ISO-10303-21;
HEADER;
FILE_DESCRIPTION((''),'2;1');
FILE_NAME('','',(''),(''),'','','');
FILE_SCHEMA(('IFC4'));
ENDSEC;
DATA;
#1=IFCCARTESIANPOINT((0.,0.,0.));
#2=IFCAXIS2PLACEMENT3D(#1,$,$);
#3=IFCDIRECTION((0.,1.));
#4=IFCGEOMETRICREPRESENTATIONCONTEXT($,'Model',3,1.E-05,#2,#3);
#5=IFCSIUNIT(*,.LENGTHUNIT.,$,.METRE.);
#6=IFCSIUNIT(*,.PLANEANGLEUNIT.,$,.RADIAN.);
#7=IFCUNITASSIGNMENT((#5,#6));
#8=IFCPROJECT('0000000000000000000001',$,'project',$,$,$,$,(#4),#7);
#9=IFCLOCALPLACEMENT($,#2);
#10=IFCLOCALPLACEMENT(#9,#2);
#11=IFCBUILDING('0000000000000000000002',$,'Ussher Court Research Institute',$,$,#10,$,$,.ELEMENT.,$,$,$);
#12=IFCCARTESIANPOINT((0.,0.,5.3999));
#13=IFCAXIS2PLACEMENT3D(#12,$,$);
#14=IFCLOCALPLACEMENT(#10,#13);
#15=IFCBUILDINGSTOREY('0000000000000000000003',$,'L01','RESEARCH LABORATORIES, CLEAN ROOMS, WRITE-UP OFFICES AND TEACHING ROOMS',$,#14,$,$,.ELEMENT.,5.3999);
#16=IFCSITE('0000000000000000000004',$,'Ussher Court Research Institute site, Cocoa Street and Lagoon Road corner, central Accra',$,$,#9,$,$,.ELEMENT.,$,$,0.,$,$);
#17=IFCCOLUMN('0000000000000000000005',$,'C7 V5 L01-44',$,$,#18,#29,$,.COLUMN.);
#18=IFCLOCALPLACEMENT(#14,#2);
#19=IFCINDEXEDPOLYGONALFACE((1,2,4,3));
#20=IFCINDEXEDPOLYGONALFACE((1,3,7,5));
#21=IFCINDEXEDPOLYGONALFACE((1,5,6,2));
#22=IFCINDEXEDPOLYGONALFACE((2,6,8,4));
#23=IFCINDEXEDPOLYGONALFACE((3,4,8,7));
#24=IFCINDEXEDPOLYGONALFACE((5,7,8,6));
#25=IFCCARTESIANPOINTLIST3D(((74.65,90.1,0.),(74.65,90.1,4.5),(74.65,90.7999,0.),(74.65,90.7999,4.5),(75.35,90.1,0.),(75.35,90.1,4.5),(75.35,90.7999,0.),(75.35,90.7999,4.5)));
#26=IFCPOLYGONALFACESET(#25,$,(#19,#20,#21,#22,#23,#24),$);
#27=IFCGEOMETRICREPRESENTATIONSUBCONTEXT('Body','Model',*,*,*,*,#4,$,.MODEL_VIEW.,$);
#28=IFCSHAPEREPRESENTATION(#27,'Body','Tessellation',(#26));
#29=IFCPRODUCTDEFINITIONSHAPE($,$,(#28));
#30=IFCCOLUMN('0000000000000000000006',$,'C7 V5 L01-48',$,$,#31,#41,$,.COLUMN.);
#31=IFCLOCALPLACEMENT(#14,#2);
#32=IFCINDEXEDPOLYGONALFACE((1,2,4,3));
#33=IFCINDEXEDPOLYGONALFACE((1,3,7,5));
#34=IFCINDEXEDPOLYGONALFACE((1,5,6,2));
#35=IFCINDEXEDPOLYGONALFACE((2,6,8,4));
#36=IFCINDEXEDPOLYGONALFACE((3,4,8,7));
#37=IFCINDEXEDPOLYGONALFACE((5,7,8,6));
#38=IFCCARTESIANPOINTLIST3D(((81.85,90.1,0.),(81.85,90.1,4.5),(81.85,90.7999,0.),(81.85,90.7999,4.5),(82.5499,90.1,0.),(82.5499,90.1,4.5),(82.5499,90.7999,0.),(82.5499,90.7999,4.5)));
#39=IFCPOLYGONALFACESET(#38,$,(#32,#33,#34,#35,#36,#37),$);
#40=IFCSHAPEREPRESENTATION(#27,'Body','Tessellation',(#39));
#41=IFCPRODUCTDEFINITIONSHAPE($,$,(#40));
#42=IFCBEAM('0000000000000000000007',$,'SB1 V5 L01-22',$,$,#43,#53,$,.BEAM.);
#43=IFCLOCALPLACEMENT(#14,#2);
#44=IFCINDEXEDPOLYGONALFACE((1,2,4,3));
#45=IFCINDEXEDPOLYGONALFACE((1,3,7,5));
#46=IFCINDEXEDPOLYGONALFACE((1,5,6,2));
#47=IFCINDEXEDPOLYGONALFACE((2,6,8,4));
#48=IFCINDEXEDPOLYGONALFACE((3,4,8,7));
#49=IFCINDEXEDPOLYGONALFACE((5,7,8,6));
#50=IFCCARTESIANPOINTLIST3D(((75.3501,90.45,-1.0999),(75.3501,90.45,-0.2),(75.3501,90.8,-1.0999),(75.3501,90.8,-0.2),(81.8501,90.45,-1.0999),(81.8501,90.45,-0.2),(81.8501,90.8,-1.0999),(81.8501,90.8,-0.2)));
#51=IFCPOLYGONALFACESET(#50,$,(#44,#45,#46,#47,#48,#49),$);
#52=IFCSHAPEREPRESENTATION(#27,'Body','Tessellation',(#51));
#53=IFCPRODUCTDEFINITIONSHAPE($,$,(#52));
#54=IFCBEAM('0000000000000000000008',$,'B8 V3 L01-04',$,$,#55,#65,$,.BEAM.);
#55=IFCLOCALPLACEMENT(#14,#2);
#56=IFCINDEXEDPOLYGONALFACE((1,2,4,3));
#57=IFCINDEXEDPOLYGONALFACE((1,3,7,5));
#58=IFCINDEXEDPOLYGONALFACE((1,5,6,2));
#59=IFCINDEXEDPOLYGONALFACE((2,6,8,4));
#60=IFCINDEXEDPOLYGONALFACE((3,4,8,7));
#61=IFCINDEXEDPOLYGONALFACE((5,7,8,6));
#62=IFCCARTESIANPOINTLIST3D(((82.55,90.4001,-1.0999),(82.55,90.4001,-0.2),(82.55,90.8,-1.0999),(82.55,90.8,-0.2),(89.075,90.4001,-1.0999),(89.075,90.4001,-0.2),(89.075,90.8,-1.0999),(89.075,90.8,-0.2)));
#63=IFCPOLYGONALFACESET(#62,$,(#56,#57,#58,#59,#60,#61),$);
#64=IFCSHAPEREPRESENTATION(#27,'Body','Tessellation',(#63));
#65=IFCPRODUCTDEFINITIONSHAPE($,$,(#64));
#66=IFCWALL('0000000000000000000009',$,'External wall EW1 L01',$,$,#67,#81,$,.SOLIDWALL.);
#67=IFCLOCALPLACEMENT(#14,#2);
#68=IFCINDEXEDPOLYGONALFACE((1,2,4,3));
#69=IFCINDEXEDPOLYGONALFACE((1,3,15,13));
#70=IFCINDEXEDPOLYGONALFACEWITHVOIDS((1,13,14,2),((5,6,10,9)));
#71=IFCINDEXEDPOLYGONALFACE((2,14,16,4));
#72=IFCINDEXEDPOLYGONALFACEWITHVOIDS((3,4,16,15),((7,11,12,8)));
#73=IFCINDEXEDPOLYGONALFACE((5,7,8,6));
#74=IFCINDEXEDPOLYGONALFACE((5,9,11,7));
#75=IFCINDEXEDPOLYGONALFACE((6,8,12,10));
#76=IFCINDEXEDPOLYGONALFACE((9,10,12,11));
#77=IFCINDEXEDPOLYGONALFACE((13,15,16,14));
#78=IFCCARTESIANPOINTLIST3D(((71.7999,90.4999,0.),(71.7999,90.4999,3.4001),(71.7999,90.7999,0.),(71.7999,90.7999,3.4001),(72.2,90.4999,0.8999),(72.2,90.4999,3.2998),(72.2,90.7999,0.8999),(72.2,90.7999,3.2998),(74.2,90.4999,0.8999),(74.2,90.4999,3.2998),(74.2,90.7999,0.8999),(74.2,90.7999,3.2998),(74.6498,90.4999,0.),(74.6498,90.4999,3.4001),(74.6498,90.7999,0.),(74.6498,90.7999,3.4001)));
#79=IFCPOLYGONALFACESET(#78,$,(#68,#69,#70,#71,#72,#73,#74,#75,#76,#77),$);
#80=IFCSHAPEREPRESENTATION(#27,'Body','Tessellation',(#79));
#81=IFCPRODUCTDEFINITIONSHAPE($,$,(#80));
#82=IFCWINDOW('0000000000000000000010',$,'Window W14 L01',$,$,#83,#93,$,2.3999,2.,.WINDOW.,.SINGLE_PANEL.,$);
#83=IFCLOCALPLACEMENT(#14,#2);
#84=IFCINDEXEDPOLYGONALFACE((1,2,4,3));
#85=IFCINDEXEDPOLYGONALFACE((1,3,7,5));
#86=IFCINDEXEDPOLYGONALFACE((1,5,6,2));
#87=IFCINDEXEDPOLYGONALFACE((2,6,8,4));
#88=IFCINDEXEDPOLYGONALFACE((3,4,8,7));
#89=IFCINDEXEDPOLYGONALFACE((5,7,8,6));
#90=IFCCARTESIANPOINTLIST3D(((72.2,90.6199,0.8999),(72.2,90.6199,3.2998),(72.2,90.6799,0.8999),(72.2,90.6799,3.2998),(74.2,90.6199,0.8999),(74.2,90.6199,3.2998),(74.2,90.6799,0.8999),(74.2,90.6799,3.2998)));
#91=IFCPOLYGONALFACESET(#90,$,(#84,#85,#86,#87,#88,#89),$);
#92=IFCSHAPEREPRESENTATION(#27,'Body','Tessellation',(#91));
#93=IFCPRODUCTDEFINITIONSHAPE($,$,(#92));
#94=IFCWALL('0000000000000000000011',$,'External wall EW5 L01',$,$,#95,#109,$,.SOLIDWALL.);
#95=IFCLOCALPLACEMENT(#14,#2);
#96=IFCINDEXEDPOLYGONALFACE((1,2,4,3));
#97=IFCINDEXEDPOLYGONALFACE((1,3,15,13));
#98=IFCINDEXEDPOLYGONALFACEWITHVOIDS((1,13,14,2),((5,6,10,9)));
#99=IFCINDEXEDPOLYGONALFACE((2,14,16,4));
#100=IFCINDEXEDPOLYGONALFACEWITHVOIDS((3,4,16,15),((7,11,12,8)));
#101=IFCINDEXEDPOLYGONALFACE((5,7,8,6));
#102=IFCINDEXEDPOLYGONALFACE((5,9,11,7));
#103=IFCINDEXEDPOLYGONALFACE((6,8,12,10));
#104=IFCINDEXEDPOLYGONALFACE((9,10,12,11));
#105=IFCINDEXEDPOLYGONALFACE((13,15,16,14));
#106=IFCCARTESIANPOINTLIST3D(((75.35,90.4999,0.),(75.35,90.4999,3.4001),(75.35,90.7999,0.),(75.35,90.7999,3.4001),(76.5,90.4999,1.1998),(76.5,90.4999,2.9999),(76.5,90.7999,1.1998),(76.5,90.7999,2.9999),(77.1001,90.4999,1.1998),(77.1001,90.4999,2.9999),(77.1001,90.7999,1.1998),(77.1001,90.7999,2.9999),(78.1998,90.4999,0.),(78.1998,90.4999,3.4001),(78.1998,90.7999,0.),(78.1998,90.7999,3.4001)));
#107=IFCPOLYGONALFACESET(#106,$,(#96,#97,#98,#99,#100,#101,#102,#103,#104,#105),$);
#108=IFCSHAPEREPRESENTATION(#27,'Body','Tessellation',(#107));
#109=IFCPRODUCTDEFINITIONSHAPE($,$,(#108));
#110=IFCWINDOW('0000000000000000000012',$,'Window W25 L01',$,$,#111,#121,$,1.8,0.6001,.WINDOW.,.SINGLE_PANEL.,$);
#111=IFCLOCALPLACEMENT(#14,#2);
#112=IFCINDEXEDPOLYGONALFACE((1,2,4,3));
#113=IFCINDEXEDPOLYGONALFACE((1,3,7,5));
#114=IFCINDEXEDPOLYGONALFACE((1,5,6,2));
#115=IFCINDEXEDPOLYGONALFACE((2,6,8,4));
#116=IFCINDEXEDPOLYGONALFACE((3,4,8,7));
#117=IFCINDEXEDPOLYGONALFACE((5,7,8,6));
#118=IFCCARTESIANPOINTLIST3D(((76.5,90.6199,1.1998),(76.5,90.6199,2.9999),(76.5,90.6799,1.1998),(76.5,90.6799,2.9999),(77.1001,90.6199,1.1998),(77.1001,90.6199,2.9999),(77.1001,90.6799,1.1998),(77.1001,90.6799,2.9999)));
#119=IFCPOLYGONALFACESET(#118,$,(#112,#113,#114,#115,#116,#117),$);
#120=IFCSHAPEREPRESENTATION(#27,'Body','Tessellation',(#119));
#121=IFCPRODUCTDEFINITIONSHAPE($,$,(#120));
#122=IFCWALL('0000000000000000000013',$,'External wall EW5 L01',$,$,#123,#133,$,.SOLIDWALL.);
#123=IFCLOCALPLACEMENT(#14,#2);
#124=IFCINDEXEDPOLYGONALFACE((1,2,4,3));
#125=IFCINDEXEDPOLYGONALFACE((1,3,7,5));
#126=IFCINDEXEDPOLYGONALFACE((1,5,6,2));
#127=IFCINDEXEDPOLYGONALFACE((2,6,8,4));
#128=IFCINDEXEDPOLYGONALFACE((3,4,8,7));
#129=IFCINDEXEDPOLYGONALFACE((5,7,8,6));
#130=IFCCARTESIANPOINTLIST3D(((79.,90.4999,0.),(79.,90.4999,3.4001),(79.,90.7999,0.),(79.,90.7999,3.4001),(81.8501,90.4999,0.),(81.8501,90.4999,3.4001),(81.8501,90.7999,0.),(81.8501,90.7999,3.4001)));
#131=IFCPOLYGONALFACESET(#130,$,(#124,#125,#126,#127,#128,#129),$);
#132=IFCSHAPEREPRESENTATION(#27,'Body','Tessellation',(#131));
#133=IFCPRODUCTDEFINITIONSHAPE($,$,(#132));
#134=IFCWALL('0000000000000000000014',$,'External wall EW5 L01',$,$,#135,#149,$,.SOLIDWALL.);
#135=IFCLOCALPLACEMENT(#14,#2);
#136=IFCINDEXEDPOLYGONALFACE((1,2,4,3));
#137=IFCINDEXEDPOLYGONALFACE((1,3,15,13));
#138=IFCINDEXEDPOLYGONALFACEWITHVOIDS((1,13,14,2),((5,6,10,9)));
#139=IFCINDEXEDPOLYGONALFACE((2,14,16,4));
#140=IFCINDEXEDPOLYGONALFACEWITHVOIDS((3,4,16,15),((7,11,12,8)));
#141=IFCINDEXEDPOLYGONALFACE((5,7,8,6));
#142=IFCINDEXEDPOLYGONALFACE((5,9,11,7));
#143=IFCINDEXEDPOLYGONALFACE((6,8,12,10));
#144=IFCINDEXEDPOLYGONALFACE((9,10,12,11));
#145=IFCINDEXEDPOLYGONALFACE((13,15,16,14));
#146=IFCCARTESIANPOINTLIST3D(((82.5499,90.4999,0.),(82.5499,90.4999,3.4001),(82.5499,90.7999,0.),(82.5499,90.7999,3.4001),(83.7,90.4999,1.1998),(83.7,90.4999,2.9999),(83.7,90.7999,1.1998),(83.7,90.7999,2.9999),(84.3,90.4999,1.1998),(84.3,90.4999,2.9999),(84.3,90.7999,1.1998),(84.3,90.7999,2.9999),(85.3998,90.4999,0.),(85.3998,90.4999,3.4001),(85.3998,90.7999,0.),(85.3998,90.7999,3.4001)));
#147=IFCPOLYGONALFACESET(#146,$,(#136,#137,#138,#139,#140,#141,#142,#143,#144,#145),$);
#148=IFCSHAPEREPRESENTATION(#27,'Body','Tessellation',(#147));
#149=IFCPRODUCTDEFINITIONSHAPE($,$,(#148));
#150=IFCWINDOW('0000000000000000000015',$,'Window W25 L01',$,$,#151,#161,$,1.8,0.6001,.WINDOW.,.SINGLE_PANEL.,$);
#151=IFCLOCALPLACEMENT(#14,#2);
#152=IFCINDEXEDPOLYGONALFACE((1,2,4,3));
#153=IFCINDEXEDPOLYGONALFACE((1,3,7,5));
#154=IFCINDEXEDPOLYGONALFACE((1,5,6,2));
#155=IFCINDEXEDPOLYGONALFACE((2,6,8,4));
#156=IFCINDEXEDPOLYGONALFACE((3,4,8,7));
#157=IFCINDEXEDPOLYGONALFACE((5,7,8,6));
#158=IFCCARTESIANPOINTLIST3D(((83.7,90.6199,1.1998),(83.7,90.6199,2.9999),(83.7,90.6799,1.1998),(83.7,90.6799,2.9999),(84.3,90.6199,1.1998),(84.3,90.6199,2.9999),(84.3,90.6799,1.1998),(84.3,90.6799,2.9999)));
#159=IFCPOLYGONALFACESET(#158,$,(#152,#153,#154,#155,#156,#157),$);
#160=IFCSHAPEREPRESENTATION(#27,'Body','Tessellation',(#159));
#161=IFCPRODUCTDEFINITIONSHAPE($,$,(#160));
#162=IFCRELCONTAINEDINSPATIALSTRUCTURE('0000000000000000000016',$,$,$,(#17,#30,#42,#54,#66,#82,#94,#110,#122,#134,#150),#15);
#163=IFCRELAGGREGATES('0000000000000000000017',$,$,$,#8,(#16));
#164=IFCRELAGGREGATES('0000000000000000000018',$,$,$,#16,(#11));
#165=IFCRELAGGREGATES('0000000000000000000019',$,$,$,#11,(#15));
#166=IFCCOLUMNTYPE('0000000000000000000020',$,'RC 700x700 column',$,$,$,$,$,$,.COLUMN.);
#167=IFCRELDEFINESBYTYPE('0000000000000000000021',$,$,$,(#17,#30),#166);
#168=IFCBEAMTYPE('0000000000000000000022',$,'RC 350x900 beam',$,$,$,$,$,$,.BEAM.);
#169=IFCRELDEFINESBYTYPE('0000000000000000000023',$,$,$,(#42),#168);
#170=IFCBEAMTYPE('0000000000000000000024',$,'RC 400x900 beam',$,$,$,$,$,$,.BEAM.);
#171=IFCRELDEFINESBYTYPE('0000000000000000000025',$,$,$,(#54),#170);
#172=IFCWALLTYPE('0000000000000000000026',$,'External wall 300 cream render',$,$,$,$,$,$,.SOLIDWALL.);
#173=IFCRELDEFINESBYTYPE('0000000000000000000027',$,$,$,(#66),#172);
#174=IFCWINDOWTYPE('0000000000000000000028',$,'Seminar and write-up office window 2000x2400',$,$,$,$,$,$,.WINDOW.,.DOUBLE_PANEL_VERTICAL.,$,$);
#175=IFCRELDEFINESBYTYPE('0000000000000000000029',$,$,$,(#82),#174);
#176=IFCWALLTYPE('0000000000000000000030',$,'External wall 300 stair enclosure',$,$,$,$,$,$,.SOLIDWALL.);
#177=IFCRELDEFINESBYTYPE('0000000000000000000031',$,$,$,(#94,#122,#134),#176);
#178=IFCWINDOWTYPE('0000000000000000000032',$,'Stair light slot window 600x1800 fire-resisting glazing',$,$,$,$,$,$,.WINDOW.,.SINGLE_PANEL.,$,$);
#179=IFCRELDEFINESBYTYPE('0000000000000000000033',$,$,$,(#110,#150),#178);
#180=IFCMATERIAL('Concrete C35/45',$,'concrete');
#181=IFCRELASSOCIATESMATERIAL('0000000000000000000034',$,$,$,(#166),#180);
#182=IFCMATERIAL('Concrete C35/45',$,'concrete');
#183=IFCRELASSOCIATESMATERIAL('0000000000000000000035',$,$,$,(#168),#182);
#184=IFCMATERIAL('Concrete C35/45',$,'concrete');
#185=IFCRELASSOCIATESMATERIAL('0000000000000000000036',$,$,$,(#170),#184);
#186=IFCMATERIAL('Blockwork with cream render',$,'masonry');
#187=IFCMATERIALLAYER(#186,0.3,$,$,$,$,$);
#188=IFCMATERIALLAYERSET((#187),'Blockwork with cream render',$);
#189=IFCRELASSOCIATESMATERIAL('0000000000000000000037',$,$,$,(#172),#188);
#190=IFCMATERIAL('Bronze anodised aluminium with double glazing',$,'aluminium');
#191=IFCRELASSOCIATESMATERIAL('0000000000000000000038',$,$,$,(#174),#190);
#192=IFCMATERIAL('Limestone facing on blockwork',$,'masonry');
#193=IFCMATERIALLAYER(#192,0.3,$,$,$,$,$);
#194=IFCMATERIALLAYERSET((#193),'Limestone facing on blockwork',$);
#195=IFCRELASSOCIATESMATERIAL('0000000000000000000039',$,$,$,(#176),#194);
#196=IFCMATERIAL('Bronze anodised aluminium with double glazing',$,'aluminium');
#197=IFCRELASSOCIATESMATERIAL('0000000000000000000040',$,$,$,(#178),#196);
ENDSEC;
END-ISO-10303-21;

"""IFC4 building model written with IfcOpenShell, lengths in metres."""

from ifc_helpers import new_model, si_unit, direction, frame, frame_2d, origin, origin_2d, place, context, subcontext, project, spatial, rectangle, extrude, material, layer, layer_set, material_profile, profile_set, type_object, element, fill, save


model = new_model("IFC4")

# Units and contexts
model_context = context("Model", 3, precision=1e-05, world=origin(), true_north=direction((0.0, 1.0)))
body_context = subcontext(model_context, "Body", "Model", "MODEL_VIEW")
ifc_project = project(units=[si_unit("LENGTHUNIT", "METRE"), si_unit("PLANEANGLEUNIT", "RADIAN")], contexts=[model_context])

# Site, building, storey
site_placement = place(None, origin())
site = spatial("IfcSite", under=ifc_project, at=site_placement, Name="Ussher Court Research Institute site, Cocoa Street and Lagoon Road corner, central Accra", CompositionType="ELEMENT", RefElevation=0.0)
building_placement = place(site_placement, origin())
building = spatial("IfcBuilding", under=site, at=building_placement, Name="Ussher Court Research Institute", CompositionType="ELEMENT")
storey_placement = place(building_placement, frame((0.0, 0.0, 5.3999)))
storey = spatial("IfcBuildingStorey", under=building, at=storey_placement, Name="L01", Description="RESEARCH LABORATORIES, CLEAN ROOMS, WRITE-UP OFFICES AND TEACHING ROOMS", CompositionType="ELEMENT", Elevation=5.3999)

# Columns
ifc_material_1 = material(Name="Concrete C35/45", Category="concrete")
ifc_material_profile_1 = material_profile(ifc_material_1, rectangle(XDim=0.7, YDim=0.7, at=origin_2d()), Name="RC 700x700")
ifc_profile_set_1 = profile_set([ifc_material_profile_1], Name="Concrete C35/45")
column_type = type_object("IfcColumnType", Name="RC 700x700 column", PredefinedType="COLUMN", material=ifc_profile_set_1)
for number, where, z_axis, x_axis, name in (
    (1, (75.0, 90.45, 0.0), (0.0, 0.0, 1.0), (1.0, 0.0, 0.0), "C7 V5 L01-44"),
    (2, (82.2, 90.45, 0.0), (0.0, 0.0, 1.0), (1.0, 0.0, 0.0), "C7 V5 L01-48"),
):
    element("IfcColumn", number, at=place(storey_placement, frame(where, z_axis=z_axis, x_axis=x_axis)), inside=storey, type_object=column_type, Name=name, PredefinedType="COLUMN", context=body_context, shape_type="SweptSolid", body=[
        extrude(rectangle(XDim=0.7, YDim=0.7, at=origin_2d()), origin(), (0.0, 0.0, 1.0), 4.5),
    ])

# Beams
ifc_material_2 = material(Name="Concrete C35/45", Category="concrete")
ifc_material_profile_2 = material_profile(ifc_material_2, rectangle(XDim=0.3501, YDim=0.8999, at=origin_2d()), Name="RC 350x900")
ifc_profile_set_2 = profile_set([ifc_material_profile_2], Name="Concrete C35/45")
beam_type_1 = type_object("IfcBeamType", Name="RC 350x900 beam", PredefinedType="BEAM", material=ifc_profile_set_2)
beam_1_placement = place(storey_placement, frame((75.3501, 90.625, -0.6499), z_axis=(1.0, 0.0, 0.0), x_axis=(0.0, 1.0, 0.0)))
element("IfcBeam", 3, at=beam_1_placement, inside=storey, type_object=beam_type_1, Name="SB1 V5 L01-22", PredefinedType="BEAM", context=body_context, shape_type="SweptSolid", body=[
    extrude(rectangle(XDim=0.3501, YDim=0.8999, at=origin_2d()), origin(), (0.0, 0.0, 1.0), 6.5),
])
ifc_material_3 = material(Name="Concrete C35/45", Category="concrete")
ifc_material_profile_3 = material_profile(ifc_material_3, rectangle(XDim=0.3999, YDim=0.8999, at=origin_2d()), Name="RC 400x900")
ifc_profile_set_3 = profile_set([ifc_material_profile_3], Name="Concrete C35/45")
beam_type_2 = type_object("IfcBeamType", Name="RC 400x900 beam", PredefinedType="BEAM", material=ifc_profile_set_3)
beam_2_placement = place(storey_placement, frame((82.55, 90.6001, -0.6499), z_axis=(1.0, 0.0, 0.0), x_axis=(0.0, 1.0, 0.0)))
element("IfcBeam", 4, at=beam_2_placement, inside=storey, type_object=beam_type_2, Name="B8 V3 L01-04", PredefinedType="BEAM", context=body_context, shape_type="SweptSolid", body=[
    extrude(rectangle(XDim=0.3999, YDim=0.8999, at=origin_2d()), origin(), (0.0, 0.0, 1.0), 6.5249),
])

# Walls, openings, windows
ifc_material_4 = material(Name="Blockwork with cream render", Category="masonry")
ifc_layer_1 = layer(ifc_material_4, 0.3)
ifc_layer_set_1 = layer_set([ifc_layer_1], Name="Blockwork with cream render")
wall_type_1 = type_object("IfcWallType", Name="External wall 300 cream render", PredefinedType="SOLIDWALL", material=ifc_layer_set_1)
wall_1_placement = place(storey_placement, frame((71.8, 90.6499, 0.0), z_axis=(0.0, 0.0, 1.0), x_axis=(1.0, 0.0, 0.0)))
wall_1 = element("IfcWall", 5, at=wall_1_placement, inside=storey, type_object=wall_type_1, Name="External wall EW1 L01", PredefinedType="SOLIDWALL", context=body_context, shape_type="SweptSolid", body=[
    extrude(rectangle(XDim=2.8499, YDim=0.3, at=frame_2d((1.4248, 0.0))), origin(), (0.0, 0.0, 1.0), 3.4001),
])
opening_1_placement = place(wall_1_placement, frame((0.3999, 0.0, 0.8999)))
opening_1 = element("IfcOpeningElement", 6, at=opening_1_placement, cuts=wall_1, PredefinedType="OPENING", context=body_context, shape_type="SweptSolid", body=[
    extrude(rectangle(XDim=2.0, YDim=2.3999, at=frame_2d((1.0, 1.2))), frame((0.0, 0.1602, 0.0), z_axis=(0.0, -1.0, 0.0), x_axis=(1.0, 0.0, 0.0)), (0.0, 0.0, 1.0), 0.3201),
])
ifc_material_5 = material(Name="Bronze anodised aluminium with double glazing", Category="aluminium")
window_type_1 = type_object("IfcWindowType", Name="Seminar and write-up office window 2000x2400", PartitioningType="DOUBLE_PANEL_VERTICAL", PredefinedType="WINDOW", material=ifc_material_5)
window_1_placement = place(opening_1_placement, origin())
window_1 = element("IfcWindow", 7, at=window_1_placement, inside=storey, type_object=window_type_1, Name="Window W14 L01", OverallHeight=2.3999, OverallWidth=2.0, PartitioningType="SINGLE_PANEL", PredefinedType="WINDOW", context=body_context, shape_type="SweptSolid", body=[
    extrude(rectangle(XDim=2.0, YDim=2.3999, at=frame_2d((1.0, 1.2))), frame((0.0, 0.03, 0.0), z_axis=(0.0, -1.0, 0.0), x_axis=(1.0, 0.0, 0.0)), (0.0, 0.0, 1.0), 0.0601),
])
fill(opening_1, window_1)
ifc_material_6 = material(Name="Limestone facing on blockwork", Category="masonry")
ifc_layer_2 = layer(ifc_material_6, 0.3)
ifc_layer_set_2 = layer_set([ifc_layer_2], Name="Limestone facing on blockwork")
wall_type_2 = type_object("IfcWallType", Name="External wall 300 stair enclosure", PredefinedType="SOLIDWALL", material=ifc_layer_set_2)
wall_2_placement = place(storey_placement, frame((75.3501, 90.6499, 0.0), z_axis=(0.0, 0.0, 1.0), x_axis=(1.0, 0.0, 0.0)))
wall_2 = element("IfcWall", 8, at=wall_2_placement, inside=storey, type_object=wall_type_2, Name="External wall EW5 L01", PredefinedType="SOLIDWALL", context=body_context, shape_type="SweptSolid", body=[
    extrude(rectangle(XDim=2.8499, YDim=0.3, at=frame_2d((1.4248, 0.0))), origin(), (0.0, 0.0, 1.0), 3.4001),
])
opening_2_placement = place(wall_2_placement, frame((1.1499, 0.0, 1.2)))
opening_2 = element("IfcOpeningElement", 9, at=opening_2_placement, cuts=wall_2, PredefinedType="OPENING", context=body_context, shape_type="SweptSolid", body=[
    extrude(rectangle(XDim=0.6001, YDim=1.8, at=frame_2d((0.3, 0.8999))), frame((0.0, 0.1602, 0.0), z_axis=(0.0, -1.0, 0.0), x_axis=(1.0, 0.0, 0.0)), (0.0, 0.0, 1.0), 0.3201),
])
ifc_material_7 = material(Name="Bronze anodised aluminium with double glazing", Category="aluminium")
window_type_2 = type_object("IfcWindowType", Name="Stair light slot window 600x1800 fire-resisting glazing", PartitioningType="SINGLE_PANEL", PredefinedType="WINDOW", material=ifc_material_7)
window_2_placement = place(opening_2_placement, origin())
window_2 = element("IfcWindow", 10, at=window_2_placement, inside=storey, type_object=window_type_2, Name="Window W25 L01", OverallHeight=1.8, OverallWidth=0.6001, PartitioningType="SINGLE_PANEL", PredefinedType="WINDOW", context=body_context, shape_type="SweptSolid", body=[
    extrude(rectangle(XDim=0.6001, YDim=1.8, at=frame_2d((0.3, 0.8999))), frame((0.0, 0.03, 0.0), z_axis=(0.0, -1.0, 0.0), x_axis=(1.0, 0.0, 0.0)), (0.0, 0.0, 1.0), 0.0601),
])
fill(opening_2, window_2)

# Wall
wall_3_placement = place(storey_placement, frame((79.0, 90.6499, 0.0), z_axis=(0.0, 0.0, 1.0), x_axis=(1.0, 0.0, 0.0)))
element("IfcWall", 11, at=wall_3_placement, inside=storey, type_object=wall_type_2, Name="External wall EW5 L01", PredefinedType="SOLIDWALL", context=body_context, shape_type="SweptSolid", body=[
    extrude(rectangle(XDim=2.8501, YDim=0.3, at=frame_2d((1.425, 0.0))), origin(), (0.0, 0.0, 1.0), 3.4001),
])

# Wall, opening, window
wall_4_placement = place(storey_placement, frame((82.55, 90.6499, 0.0), z_axis=(0.0, 0.0, 1.0), x_axis=(1.0, 0.0, 0.0)))
wall_4 = element("IfcWall", 12, at=wall_4_placement, inside=storey, type_object=wall_type_2, Name="External wall EW5 L01", PredefinedType="SOLIDWALL", context=body_context, shape_type="SweptSolid", body=[
    extrude(rectangle(XDim=2.8499, YDim=0.3, at=frame_2d((1.4248, 0.0))), origin(), (0.0, 0.0, 1.0), 3.4001),
])
opening_3_placement = place(wall_4_placement, frame((1.1499, 0.0, 1.2)))
opening_3 = element("IfcOpeningElement", 13, at=opening_3_placement, cuts=wall_4, PredefinedType="OPENING", context=body_context, shape_type="SweptSolid", body=[
    extrude(rectangle(XDim=0.6001, YDim=1.8, at=frame_2d((0.3, 0.8999))), frame((0.0, 0.1602, 0.0), z_axis=(0.0, -1.0, 0.0), x_axis=(1.0, 0.0, 0.0)), (0.0, 0.0, 1.0), 0.3201),
])
window_3_placement = place(opening_3_placement, origin())
window_3 = element("IfcWindow", 14, at=window_3_placement, inside=storey, type_object=window_type_2, Name="Window W25 L01", OverallHeight=1.8, OverallWidth=0.6001, PartitioningType="SINGLE_PANEL", PredefinedType="WINDOW", context=body_context, shape_type="SweptSolid", body=[
    extrude(rectangle(XDim=0.6001, YDim=1.8, at=frame_2d((0.3, 0.8999))), frame((0.0, 0.03, 0.0), z_axis=(0.0, -1.0, 0.0), x_axis=(1.0, 0.0, 0.0)), (0.0, 0.0, 1.0), 0.0601),
])
fill(opening_3, window_3)

save(model, "model.ifc")
